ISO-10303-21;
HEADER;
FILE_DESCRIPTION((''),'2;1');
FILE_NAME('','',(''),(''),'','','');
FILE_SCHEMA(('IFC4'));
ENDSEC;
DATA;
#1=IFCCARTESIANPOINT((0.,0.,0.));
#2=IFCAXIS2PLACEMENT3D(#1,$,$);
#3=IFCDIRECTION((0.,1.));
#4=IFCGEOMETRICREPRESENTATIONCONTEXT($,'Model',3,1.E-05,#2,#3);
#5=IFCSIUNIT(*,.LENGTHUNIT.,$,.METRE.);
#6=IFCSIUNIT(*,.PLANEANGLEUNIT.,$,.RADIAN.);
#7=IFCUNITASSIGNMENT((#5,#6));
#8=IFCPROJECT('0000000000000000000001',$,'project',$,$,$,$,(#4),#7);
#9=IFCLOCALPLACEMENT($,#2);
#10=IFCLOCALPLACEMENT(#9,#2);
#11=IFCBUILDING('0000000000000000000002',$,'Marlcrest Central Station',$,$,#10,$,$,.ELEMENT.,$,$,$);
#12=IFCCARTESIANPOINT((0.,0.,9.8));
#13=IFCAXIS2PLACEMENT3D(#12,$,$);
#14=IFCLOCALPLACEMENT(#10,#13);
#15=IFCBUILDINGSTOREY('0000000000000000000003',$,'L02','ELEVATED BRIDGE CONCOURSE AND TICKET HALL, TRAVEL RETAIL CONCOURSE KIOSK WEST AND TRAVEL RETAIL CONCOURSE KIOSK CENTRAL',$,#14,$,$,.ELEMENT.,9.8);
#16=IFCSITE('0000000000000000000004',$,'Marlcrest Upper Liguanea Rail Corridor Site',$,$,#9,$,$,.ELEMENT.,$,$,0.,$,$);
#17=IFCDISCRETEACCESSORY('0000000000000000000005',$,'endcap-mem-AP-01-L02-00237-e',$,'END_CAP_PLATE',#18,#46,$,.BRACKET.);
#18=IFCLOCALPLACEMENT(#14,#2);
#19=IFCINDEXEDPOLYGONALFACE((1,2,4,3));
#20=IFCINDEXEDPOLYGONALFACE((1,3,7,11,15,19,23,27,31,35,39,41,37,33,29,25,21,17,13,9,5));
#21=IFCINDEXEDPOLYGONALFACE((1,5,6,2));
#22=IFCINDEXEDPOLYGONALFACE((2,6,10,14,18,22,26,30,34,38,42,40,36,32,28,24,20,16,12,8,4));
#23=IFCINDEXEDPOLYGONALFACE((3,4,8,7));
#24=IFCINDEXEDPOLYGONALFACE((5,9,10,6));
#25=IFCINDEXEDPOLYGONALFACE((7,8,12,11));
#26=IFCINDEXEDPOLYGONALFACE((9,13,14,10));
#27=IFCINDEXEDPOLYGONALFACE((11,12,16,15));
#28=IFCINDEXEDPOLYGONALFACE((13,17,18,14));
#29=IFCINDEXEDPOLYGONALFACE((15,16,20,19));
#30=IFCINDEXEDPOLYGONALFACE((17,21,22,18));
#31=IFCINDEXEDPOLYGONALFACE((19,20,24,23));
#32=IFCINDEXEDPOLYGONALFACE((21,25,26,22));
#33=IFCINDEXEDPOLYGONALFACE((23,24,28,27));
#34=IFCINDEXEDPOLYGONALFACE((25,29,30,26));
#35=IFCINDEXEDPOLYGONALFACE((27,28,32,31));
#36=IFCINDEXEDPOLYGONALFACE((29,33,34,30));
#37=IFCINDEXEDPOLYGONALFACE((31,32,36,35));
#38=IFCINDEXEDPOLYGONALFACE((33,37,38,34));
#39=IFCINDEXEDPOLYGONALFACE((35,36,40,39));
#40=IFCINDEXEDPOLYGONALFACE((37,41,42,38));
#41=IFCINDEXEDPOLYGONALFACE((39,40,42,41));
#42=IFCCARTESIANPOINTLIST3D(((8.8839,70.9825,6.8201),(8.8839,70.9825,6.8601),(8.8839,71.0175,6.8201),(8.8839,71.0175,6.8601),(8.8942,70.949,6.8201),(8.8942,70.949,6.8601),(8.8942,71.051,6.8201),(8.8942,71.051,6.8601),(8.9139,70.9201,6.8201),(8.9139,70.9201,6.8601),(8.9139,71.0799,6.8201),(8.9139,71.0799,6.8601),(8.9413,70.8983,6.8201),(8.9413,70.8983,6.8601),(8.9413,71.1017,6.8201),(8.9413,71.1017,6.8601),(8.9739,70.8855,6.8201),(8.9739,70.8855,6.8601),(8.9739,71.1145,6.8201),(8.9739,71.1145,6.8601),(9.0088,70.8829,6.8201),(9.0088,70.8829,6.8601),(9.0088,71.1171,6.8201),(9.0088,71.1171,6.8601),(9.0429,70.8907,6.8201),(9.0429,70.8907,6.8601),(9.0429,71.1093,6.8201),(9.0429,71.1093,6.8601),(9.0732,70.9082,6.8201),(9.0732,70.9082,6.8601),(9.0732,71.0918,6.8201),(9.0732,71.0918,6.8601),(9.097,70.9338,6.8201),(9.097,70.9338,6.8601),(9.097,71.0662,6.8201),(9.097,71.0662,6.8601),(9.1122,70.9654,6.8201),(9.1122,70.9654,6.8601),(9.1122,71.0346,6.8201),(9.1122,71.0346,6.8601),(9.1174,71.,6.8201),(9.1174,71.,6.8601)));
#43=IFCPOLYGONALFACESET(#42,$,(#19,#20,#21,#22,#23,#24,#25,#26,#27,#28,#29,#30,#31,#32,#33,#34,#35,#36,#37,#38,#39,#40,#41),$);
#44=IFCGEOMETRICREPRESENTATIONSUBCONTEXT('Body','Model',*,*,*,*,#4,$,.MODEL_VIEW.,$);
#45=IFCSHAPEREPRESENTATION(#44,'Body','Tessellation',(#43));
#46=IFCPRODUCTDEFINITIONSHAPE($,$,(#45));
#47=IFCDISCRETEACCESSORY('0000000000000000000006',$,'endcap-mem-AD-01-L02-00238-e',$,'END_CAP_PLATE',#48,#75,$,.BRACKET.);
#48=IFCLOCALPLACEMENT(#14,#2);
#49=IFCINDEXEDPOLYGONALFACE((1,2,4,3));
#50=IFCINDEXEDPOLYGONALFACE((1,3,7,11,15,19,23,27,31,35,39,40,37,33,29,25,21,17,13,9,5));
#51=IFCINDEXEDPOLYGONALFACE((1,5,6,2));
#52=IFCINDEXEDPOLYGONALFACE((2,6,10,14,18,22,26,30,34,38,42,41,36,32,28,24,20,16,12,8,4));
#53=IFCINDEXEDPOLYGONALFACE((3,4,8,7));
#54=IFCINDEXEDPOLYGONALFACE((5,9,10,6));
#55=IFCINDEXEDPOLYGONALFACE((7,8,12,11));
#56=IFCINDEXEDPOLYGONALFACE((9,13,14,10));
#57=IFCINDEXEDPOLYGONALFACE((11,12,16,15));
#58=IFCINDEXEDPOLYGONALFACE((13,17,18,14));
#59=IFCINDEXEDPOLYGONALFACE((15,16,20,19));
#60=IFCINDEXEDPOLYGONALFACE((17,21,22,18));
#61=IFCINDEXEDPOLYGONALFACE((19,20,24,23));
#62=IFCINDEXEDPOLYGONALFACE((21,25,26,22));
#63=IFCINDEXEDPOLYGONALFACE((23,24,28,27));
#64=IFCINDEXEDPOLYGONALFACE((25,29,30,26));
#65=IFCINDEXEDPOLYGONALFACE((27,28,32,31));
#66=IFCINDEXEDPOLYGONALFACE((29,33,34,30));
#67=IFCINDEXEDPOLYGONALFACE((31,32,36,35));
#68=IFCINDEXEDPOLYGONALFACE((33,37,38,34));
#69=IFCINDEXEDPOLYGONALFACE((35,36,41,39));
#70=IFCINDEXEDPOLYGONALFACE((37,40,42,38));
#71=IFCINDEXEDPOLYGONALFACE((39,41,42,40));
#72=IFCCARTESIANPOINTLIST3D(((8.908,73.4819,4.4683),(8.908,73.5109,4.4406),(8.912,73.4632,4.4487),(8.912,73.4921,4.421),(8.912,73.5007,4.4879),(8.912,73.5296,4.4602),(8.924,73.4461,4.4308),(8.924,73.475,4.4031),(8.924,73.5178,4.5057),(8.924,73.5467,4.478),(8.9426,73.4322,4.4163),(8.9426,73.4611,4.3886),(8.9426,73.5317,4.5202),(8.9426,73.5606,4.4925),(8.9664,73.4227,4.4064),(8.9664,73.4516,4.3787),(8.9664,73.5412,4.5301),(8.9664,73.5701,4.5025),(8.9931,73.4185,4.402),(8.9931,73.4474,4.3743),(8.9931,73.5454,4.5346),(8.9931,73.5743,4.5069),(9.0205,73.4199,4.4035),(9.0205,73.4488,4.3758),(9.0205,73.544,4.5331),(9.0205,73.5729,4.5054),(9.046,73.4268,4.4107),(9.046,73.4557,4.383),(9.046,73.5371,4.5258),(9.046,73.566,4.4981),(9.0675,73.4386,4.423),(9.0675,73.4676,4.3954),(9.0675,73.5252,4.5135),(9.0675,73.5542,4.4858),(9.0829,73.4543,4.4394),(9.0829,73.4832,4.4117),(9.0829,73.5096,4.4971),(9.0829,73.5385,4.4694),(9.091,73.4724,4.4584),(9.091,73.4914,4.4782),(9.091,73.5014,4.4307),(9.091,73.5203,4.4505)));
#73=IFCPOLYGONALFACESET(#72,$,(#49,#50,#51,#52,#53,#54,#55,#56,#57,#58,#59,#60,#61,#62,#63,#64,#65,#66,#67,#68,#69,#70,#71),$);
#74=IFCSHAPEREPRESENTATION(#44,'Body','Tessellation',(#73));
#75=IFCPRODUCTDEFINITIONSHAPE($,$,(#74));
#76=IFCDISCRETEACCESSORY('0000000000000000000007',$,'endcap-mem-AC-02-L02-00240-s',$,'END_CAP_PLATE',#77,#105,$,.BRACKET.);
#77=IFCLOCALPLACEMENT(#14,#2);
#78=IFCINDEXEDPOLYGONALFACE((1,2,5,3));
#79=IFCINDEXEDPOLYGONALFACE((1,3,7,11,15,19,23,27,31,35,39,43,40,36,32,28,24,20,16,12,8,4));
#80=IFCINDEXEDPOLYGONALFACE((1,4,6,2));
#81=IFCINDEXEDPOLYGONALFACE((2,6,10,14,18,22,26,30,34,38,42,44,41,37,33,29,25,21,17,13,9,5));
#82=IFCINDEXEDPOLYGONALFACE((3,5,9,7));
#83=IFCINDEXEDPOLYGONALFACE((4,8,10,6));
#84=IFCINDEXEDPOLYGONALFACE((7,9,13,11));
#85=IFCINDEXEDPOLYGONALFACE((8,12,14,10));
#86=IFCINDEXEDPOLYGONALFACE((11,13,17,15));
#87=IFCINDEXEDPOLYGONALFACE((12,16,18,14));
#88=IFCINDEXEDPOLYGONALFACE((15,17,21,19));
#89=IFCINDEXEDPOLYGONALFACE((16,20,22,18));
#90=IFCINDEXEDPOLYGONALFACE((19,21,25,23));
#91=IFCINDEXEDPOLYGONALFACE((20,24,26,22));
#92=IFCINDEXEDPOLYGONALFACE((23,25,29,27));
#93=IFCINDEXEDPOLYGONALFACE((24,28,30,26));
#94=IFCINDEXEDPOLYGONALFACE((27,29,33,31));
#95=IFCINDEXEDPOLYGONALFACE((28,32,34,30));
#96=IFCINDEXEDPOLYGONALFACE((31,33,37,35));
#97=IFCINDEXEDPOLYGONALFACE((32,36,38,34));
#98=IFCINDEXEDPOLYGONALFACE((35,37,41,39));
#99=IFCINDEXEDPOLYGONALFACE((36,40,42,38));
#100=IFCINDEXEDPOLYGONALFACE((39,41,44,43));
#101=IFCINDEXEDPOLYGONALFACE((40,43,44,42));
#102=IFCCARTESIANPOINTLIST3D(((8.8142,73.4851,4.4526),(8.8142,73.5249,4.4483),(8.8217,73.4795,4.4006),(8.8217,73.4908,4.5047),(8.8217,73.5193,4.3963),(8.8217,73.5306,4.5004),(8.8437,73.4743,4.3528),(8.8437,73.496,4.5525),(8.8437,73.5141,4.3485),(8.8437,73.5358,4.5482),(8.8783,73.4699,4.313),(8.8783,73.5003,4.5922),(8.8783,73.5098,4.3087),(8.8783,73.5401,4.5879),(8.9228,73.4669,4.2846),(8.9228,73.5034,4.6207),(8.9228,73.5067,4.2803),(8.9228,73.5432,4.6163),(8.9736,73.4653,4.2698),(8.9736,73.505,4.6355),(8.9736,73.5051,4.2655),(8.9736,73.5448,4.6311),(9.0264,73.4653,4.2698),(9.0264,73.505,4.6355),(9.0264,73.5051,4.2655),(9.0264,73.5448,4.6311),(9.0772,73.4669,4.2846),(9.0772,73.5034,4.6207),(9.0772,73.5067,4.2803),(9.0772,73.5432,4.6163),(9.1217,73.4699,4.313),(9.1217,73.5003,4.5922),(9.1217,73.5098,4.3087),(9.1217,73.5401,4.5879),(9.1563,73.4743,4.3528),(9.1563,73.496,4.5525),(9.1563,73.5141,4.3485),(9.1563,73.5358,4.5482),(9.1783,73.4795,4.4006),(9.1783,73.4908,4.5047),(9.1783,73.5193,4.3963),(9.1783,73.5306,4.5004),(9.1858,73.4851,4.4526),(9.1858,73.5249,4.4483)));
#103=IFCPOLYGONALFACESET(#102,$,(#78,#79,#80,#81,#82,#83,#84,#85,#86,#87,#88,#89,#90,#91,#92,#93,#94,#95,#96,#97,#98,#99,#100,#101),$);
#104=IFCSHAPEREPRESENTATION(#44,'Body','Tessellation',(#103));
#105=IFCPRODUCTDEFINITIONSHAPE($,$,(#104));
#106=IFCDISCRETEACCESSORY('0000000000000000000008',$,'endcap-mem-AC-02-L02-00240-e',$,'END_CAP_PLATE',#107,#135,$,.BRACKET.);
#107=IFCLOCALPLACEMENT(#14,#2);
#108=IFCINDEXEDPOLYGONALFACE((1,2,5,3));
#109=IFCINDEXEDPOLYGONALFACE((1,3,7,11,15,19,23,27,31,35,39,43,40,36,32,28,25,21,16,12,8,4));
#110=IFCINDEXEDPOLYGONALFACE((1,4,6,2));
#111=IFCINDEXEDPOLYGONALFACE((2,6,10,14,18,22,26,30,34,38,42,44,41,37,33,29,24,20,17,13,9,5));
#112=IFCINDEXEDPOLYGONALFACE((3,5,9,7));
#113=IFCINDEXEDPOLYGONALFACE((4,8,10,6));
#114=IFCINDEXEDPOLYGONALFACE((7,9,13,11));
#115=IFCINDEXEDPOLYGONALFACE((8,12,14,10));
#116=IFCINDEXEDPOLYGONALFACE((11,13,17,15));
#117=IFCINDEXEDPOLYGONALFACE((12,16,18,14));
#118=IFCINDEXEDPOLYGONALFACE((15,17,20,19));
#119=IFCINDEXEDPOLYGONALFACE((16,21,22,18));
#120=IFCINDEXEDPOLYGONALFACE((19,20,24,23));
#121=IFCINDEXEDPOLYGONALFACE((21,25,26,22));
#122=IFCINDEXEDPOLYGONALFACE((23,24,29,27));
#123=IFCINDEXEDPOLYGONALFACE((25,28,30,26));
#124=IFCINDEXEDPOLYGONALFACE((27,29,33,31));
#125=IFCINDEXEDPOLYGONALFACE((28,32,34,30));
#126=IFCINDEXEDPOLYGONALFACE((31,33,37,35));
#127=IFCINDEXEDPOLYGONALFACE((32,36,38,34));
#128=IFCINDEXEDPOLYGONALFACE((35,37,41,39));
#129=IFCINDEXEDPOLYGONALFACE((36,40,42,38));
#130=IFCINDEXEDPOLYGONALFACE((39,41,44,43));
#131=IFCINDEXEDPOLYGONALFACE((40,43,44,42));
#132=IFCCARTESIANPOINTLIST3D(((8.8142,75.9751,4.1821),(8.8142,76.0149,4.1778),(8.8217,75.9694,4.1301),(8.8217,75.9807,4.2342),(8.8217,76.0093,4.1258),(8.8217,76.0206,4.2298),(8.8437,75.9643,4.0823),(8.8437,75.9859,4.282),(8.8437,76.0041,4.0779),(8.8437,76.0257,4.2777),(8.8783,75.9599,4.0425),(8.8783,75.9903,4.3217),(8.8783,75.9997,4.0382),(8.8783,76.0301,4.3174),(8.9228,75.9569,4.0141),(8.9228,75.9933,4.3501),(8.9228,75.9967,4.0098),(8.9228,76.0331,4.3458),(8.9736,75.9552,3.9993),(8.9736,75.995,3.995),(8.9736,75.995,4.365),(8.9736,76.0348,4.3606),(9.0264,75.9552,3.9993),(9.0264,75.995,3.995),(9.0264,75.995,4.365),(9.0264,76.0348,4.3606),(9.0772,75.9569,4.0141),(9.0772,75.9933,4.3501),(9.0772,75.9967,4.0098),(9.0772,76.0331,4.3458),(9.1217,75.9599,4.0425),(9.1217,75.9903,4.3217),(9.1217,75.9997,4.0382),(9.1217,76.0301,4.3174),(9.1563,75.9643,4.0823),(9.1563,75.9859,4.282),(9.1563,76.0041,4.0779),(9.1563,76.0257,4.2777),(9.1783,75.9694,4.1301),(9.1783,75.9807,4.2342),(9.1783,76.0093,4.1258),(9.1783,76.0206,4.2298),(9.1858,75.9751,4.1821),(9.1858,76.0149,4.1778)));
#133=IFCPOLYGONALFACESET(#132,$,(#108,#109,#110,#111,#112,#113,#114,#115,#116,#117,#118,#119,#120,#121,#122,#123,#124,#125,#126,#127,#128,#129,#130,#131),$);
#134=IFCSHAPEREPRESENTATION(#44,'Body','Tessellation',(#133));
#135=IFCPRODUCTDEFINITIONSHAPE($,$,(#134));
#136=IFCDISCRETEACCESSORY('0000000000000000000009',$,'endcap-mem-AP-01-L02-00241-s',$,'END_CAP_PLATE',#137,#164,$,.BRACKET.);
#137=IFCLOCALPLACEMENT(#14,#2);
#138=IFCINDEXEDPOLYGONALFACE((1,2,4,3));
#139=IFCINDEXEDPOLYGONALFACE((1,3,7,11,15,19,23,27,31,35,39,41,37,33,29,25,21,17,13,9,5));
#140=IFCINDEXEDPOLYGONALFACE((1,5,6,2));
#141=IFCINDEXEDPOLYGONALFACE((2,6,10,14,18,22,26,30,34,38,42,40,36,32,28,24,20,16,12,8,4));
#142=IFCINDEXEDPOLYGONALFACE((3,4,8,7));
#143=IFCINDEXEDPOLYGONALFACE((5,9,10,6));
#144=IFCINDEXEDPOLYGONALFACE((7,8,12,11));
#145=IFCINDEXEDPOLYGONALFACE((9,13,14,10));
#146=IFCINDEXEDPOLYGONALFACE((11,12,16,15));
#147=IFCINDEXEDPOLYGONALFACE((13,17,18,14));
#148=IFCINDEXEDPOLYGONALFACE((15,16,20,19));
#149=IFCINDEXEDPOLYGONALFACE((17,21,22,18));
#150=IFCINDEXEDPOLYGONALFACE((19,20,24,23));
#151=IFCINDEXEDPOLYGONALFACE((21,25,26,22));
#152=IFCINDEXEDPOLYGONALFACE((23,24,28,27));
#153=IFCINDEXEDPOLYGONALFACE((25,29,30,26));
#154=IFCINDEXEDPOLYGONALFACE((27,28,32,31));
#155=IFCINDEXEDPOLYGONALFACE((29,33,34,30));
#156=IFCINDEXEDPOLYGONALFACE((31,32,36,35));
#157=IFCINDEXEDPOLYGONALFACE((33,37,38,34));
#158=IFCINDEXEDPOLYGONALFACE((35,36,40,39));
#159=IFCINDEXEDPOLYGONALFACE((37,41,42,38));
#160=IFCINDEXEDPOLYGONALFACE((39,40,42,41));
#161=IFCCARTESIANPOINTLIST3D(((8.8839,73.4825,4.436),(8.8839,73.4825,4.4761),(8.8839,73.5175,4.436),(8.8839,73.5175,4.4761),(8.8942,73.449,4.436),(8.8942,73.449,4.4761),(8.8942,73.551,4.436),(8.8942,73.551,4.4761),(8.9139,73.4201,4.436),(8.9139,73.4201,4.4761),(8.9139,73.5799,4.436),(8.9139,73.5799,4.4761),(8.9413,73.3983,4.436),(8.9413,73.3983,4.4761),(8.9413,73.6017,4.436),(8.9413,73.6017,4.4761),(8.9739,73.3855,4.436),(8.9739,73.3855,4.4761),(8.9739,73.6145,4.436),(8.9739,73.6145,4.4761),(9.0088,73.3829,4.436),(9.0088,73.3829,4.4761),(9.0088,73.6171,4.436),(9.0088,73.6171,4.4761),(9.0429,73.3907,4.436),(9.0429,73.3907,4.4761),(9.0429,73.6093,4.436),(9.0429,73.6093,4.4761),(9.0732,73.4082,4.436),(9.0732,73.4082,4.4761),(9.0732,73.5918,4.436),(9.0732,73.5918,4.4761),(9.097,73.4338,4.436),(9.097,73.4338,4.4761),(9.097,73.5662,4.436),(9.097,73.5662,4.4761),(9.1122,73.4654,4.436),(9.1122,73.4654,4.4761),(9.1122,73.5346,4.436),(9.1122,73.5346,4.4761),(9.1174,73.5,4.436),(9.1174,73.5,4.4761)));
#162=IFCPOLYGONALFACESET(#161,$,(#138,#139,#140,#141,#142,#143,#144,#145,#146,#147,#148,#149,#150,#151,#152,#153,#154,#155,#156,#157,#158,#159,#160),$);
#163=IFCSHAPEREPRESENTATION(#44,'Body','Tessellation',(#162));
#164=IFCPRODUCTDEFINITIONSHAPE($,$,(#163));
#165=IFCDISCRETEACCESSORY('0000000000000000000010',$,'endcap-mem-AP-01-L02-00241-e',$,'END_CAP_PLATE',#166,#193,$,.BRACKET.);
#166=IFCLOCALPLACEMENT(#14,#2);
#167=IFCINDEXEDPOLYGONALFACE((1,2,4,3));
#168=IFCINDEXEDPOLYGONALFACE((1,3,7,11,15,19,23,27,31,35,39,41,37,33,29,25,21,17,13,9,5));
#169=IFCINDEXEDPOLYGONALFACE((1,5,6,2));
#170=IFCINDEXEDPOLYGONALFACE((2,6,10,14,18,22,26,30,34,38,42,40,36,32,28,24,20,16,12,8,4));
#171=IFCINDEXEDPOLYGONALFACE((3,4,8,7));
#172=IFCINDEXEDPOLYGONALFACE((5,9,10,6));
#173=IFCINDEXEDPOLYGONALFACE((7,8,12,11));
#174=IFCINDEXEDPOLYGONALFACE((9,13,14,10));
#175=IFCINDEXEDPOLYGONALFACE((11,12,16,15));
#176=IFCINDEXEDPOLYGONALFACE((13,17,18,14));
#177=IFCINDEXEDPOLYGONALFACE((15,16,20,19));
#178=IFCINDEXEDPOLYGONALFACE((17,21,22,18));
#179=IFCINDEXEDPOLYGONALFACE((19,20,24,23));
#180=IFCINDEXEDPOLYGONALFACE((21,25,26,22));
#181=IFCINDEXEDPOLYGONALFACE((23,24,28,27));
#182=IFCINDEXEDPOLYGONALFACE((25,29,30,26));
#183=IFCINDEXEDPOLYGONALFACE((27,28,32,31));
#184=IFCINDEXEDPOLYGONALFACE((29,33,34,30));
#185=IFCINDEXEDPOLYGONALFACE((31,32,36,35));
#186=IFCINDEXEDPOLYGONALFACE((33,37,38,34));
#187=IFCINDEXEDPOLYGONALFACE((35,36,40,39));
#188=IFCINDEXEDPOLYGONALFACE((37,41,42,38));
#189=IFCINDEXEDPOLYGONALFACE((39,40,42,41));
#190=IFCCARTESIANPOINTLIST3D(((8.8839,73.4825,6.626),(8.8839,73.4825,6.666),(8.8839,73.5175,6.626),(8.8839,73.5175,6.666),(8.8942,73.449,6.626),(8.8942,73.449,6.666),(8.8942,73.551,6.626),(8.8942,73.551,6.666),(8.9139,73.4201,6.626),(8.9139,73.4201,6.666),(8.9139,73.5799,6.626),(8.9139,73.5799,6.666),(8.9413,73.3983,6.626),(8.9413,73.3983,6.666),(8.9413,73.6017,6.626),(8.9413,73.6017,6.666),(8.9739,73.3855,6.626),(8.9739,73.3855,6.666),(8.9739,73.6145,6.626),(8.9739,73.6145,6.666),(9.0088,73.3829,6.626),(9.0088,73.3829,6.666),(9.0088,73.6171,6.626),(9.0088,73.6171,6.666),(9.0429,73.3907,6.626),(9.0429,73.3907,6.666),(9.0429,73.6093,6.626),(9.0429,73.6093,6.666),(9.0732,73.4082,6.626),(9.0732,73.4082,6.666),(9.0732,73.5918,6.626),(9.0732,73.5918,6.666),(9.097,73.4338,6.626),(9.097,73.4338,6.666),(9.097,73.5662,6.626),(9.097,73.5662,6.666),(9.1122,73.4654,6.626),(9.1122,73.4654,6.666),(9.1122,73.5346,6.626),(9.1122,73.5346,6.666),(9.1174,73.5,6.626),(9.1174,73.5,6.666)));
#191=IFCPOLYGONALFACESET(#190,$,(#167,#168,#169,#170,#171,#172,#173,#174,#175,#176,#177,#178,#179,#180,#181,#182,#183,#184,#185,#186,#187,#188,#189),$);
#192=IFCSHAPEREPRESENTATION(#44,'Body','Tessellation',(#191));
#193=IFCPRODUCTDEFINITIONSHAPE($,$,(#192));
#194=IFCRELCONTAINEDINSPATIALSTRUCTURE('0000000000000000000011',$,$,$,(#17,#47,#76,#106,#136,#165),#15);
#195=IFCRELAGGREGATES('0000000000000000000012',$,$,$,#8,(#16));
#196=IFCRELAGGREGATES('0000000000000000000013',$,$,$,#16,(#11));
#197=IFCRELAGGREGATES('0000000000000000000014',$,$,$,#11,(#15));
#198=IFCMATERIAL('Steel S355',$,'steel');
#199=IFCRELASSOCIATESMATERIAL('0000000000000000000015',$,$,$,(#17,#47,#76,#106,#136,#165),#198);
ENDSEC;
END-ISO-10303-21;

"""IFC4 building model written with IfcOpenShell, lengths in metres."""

from ifc_helpers import new_model, si_unit, direction, frame, origin, origin_2d, place, context, subcontext, project, spatial, circle, extrude, material, element, save


model = new_model("IFC4")

# Units and contexts
model_context = context("Model", 3, precision=1e-05, world=origin(), true_north=direction((0.0, 1.0)))
body_context = subcontext(model_context, "Body", "Model", "MODEL_VIEW")
ifc_project = project(units=[si_unit("LENGTHUNIT", "METRE"), si_unit("PLANEANGLEUNIT", "RADIAN")], contexts=[model_context])

# Site, building, storey
site_placement = place(None, origin())
site = spatial("IfcSite", under=ifc_project, at=site_placement, Name="Marlcrest Upper Liguanea Rail Corridor Site", CompositionType="ELEMENT", RefElevation=0.0)
building_placement = place(site_placement, origin())
building = spatial("IfcBuilding", under=site, at=building_placement, Name="Marlcrest Central Station", CompositionType="ELEMENT")
storey_placement = place(building_placement, frame((0.0, 0.0, 9.8)))
storey = spatial("IfcBuildingStorey", under=building, at=storey_placement, Name="L02", Description="ELEVATED BRIDGE CONCOURSE AND TICKET HALL, TRAVEL RETAIL CONCOURSE KIOSK WEST AND TRAVEL RETAIL CONCOURSE KIOSK CENTRAL", CompositionType="ELEMENT", Elevation=9.8)

# Shared definitions
ifc_material = material(Name="Steel S355", Category="steel")

# Discrete accessories
discrete_accessory_1_placement = place(storey_placement, frame((9.0, 71.0, 6.8201), z_axis=(0.0, 0.0, 1.0), x_axis=(1.0, 0.0, 0.0)))
element("IfcDiscreteAccessory", 1, at=discrete_accessory_1_placement, inside=storey, material=ifc_material, Name="endcap-mem-AP-01-L02-00237-e", ObjectType="END_CAP_PLATE", PredefinedType="BRACKET", context=body_context, shape_type="SweptSolid", body=[
    extrude(circle(Radius=0.1174, at=origin_2d()), origin(), (0.0, 0.0, 1.0), 0.04),
])
discrete_accessory_2_placement = place(storey_placement, frame((9.0, 73.4819, 4.4683), z_axis=(0.0, 0.722247, -0.691636), x_axis=(-1.0, 0.0, 0.0)))
element("IfcDiscreteAccessory", 2, at=discrete_accessory_2_placement, inside=storey, material=ifc_material, Name="endcap-mem-AD-01-L02-00238-e", ObjectType="END_CAP_PLATE", PredefinedType="BRACKET", context=body_context, shape_type="SweptSolid", body=[
    extrude(circle(Radius=0.092, at=origin_2d()), origin(), (0.0, 0.0, 1.0), 0.04),
])
for number, where, z_axis, x_axis, name in (
    (3, (9.0, 73.4851, 4.4526), (0.0, 0.994155, -0.107959), (-1.0, 0.0, 0.0), "endcap-mem-AC-02-L02-00240-s"),
    (4, (9.0, 75.9751, 4.1821), (0.0, 0.994155, -0.107959), (-1.0, 0.0, 0.0), "endcap-mem-AC-02-L02-00240-e"),
):
    element("IfcDiscreteAccessory", number, at=place(storey_placement, frame(where, z_axis=z_axis, x_axis=x_axis)), inside=storey, material=ifc_material, Name=name, ObjectType="END_CAP_PLATE", PredefinedType="BRACKET", context=body_context, shape_type="SweptSolid", body=[
        extrude(circle(Radius=0.1858, at=origin_2d()), origin(), (0.0, 0.0, 1.0), 0.04),
    ])
for number, where, z_axis, x_axis, name in (
    (5, (9.0, 73.5, 4.436), (0.0, 0.0, 1.0), (1.0, 0.0, 0.0), "endcap-mem-AP-01-L02-00241-s"),
    (6, (9.0, 73.5, 6.626), (0.0, 0.0, 1.0), (1.0, 0.0, 0.0), "endcap-mem-AP-01-L02-00241-e"),
):
    element("IfcDiscreteAccessory", number, at=place(storey_placement, frame(where, z_axis=z_axis, x_axis=x_axis)), inside=storey, material=ifc_material, Name=name, ObjectType="END_CAP_PLATE", PredefinedType="BRACKET", context=body_context, shape_type="SweptSolid", body=[
        extrude(circle(Radius=0.1174, at=origin_2d()), origin(), (0.0, 0.0, 1.0), 0.04),
    ])

save(model, "model.ifc")
